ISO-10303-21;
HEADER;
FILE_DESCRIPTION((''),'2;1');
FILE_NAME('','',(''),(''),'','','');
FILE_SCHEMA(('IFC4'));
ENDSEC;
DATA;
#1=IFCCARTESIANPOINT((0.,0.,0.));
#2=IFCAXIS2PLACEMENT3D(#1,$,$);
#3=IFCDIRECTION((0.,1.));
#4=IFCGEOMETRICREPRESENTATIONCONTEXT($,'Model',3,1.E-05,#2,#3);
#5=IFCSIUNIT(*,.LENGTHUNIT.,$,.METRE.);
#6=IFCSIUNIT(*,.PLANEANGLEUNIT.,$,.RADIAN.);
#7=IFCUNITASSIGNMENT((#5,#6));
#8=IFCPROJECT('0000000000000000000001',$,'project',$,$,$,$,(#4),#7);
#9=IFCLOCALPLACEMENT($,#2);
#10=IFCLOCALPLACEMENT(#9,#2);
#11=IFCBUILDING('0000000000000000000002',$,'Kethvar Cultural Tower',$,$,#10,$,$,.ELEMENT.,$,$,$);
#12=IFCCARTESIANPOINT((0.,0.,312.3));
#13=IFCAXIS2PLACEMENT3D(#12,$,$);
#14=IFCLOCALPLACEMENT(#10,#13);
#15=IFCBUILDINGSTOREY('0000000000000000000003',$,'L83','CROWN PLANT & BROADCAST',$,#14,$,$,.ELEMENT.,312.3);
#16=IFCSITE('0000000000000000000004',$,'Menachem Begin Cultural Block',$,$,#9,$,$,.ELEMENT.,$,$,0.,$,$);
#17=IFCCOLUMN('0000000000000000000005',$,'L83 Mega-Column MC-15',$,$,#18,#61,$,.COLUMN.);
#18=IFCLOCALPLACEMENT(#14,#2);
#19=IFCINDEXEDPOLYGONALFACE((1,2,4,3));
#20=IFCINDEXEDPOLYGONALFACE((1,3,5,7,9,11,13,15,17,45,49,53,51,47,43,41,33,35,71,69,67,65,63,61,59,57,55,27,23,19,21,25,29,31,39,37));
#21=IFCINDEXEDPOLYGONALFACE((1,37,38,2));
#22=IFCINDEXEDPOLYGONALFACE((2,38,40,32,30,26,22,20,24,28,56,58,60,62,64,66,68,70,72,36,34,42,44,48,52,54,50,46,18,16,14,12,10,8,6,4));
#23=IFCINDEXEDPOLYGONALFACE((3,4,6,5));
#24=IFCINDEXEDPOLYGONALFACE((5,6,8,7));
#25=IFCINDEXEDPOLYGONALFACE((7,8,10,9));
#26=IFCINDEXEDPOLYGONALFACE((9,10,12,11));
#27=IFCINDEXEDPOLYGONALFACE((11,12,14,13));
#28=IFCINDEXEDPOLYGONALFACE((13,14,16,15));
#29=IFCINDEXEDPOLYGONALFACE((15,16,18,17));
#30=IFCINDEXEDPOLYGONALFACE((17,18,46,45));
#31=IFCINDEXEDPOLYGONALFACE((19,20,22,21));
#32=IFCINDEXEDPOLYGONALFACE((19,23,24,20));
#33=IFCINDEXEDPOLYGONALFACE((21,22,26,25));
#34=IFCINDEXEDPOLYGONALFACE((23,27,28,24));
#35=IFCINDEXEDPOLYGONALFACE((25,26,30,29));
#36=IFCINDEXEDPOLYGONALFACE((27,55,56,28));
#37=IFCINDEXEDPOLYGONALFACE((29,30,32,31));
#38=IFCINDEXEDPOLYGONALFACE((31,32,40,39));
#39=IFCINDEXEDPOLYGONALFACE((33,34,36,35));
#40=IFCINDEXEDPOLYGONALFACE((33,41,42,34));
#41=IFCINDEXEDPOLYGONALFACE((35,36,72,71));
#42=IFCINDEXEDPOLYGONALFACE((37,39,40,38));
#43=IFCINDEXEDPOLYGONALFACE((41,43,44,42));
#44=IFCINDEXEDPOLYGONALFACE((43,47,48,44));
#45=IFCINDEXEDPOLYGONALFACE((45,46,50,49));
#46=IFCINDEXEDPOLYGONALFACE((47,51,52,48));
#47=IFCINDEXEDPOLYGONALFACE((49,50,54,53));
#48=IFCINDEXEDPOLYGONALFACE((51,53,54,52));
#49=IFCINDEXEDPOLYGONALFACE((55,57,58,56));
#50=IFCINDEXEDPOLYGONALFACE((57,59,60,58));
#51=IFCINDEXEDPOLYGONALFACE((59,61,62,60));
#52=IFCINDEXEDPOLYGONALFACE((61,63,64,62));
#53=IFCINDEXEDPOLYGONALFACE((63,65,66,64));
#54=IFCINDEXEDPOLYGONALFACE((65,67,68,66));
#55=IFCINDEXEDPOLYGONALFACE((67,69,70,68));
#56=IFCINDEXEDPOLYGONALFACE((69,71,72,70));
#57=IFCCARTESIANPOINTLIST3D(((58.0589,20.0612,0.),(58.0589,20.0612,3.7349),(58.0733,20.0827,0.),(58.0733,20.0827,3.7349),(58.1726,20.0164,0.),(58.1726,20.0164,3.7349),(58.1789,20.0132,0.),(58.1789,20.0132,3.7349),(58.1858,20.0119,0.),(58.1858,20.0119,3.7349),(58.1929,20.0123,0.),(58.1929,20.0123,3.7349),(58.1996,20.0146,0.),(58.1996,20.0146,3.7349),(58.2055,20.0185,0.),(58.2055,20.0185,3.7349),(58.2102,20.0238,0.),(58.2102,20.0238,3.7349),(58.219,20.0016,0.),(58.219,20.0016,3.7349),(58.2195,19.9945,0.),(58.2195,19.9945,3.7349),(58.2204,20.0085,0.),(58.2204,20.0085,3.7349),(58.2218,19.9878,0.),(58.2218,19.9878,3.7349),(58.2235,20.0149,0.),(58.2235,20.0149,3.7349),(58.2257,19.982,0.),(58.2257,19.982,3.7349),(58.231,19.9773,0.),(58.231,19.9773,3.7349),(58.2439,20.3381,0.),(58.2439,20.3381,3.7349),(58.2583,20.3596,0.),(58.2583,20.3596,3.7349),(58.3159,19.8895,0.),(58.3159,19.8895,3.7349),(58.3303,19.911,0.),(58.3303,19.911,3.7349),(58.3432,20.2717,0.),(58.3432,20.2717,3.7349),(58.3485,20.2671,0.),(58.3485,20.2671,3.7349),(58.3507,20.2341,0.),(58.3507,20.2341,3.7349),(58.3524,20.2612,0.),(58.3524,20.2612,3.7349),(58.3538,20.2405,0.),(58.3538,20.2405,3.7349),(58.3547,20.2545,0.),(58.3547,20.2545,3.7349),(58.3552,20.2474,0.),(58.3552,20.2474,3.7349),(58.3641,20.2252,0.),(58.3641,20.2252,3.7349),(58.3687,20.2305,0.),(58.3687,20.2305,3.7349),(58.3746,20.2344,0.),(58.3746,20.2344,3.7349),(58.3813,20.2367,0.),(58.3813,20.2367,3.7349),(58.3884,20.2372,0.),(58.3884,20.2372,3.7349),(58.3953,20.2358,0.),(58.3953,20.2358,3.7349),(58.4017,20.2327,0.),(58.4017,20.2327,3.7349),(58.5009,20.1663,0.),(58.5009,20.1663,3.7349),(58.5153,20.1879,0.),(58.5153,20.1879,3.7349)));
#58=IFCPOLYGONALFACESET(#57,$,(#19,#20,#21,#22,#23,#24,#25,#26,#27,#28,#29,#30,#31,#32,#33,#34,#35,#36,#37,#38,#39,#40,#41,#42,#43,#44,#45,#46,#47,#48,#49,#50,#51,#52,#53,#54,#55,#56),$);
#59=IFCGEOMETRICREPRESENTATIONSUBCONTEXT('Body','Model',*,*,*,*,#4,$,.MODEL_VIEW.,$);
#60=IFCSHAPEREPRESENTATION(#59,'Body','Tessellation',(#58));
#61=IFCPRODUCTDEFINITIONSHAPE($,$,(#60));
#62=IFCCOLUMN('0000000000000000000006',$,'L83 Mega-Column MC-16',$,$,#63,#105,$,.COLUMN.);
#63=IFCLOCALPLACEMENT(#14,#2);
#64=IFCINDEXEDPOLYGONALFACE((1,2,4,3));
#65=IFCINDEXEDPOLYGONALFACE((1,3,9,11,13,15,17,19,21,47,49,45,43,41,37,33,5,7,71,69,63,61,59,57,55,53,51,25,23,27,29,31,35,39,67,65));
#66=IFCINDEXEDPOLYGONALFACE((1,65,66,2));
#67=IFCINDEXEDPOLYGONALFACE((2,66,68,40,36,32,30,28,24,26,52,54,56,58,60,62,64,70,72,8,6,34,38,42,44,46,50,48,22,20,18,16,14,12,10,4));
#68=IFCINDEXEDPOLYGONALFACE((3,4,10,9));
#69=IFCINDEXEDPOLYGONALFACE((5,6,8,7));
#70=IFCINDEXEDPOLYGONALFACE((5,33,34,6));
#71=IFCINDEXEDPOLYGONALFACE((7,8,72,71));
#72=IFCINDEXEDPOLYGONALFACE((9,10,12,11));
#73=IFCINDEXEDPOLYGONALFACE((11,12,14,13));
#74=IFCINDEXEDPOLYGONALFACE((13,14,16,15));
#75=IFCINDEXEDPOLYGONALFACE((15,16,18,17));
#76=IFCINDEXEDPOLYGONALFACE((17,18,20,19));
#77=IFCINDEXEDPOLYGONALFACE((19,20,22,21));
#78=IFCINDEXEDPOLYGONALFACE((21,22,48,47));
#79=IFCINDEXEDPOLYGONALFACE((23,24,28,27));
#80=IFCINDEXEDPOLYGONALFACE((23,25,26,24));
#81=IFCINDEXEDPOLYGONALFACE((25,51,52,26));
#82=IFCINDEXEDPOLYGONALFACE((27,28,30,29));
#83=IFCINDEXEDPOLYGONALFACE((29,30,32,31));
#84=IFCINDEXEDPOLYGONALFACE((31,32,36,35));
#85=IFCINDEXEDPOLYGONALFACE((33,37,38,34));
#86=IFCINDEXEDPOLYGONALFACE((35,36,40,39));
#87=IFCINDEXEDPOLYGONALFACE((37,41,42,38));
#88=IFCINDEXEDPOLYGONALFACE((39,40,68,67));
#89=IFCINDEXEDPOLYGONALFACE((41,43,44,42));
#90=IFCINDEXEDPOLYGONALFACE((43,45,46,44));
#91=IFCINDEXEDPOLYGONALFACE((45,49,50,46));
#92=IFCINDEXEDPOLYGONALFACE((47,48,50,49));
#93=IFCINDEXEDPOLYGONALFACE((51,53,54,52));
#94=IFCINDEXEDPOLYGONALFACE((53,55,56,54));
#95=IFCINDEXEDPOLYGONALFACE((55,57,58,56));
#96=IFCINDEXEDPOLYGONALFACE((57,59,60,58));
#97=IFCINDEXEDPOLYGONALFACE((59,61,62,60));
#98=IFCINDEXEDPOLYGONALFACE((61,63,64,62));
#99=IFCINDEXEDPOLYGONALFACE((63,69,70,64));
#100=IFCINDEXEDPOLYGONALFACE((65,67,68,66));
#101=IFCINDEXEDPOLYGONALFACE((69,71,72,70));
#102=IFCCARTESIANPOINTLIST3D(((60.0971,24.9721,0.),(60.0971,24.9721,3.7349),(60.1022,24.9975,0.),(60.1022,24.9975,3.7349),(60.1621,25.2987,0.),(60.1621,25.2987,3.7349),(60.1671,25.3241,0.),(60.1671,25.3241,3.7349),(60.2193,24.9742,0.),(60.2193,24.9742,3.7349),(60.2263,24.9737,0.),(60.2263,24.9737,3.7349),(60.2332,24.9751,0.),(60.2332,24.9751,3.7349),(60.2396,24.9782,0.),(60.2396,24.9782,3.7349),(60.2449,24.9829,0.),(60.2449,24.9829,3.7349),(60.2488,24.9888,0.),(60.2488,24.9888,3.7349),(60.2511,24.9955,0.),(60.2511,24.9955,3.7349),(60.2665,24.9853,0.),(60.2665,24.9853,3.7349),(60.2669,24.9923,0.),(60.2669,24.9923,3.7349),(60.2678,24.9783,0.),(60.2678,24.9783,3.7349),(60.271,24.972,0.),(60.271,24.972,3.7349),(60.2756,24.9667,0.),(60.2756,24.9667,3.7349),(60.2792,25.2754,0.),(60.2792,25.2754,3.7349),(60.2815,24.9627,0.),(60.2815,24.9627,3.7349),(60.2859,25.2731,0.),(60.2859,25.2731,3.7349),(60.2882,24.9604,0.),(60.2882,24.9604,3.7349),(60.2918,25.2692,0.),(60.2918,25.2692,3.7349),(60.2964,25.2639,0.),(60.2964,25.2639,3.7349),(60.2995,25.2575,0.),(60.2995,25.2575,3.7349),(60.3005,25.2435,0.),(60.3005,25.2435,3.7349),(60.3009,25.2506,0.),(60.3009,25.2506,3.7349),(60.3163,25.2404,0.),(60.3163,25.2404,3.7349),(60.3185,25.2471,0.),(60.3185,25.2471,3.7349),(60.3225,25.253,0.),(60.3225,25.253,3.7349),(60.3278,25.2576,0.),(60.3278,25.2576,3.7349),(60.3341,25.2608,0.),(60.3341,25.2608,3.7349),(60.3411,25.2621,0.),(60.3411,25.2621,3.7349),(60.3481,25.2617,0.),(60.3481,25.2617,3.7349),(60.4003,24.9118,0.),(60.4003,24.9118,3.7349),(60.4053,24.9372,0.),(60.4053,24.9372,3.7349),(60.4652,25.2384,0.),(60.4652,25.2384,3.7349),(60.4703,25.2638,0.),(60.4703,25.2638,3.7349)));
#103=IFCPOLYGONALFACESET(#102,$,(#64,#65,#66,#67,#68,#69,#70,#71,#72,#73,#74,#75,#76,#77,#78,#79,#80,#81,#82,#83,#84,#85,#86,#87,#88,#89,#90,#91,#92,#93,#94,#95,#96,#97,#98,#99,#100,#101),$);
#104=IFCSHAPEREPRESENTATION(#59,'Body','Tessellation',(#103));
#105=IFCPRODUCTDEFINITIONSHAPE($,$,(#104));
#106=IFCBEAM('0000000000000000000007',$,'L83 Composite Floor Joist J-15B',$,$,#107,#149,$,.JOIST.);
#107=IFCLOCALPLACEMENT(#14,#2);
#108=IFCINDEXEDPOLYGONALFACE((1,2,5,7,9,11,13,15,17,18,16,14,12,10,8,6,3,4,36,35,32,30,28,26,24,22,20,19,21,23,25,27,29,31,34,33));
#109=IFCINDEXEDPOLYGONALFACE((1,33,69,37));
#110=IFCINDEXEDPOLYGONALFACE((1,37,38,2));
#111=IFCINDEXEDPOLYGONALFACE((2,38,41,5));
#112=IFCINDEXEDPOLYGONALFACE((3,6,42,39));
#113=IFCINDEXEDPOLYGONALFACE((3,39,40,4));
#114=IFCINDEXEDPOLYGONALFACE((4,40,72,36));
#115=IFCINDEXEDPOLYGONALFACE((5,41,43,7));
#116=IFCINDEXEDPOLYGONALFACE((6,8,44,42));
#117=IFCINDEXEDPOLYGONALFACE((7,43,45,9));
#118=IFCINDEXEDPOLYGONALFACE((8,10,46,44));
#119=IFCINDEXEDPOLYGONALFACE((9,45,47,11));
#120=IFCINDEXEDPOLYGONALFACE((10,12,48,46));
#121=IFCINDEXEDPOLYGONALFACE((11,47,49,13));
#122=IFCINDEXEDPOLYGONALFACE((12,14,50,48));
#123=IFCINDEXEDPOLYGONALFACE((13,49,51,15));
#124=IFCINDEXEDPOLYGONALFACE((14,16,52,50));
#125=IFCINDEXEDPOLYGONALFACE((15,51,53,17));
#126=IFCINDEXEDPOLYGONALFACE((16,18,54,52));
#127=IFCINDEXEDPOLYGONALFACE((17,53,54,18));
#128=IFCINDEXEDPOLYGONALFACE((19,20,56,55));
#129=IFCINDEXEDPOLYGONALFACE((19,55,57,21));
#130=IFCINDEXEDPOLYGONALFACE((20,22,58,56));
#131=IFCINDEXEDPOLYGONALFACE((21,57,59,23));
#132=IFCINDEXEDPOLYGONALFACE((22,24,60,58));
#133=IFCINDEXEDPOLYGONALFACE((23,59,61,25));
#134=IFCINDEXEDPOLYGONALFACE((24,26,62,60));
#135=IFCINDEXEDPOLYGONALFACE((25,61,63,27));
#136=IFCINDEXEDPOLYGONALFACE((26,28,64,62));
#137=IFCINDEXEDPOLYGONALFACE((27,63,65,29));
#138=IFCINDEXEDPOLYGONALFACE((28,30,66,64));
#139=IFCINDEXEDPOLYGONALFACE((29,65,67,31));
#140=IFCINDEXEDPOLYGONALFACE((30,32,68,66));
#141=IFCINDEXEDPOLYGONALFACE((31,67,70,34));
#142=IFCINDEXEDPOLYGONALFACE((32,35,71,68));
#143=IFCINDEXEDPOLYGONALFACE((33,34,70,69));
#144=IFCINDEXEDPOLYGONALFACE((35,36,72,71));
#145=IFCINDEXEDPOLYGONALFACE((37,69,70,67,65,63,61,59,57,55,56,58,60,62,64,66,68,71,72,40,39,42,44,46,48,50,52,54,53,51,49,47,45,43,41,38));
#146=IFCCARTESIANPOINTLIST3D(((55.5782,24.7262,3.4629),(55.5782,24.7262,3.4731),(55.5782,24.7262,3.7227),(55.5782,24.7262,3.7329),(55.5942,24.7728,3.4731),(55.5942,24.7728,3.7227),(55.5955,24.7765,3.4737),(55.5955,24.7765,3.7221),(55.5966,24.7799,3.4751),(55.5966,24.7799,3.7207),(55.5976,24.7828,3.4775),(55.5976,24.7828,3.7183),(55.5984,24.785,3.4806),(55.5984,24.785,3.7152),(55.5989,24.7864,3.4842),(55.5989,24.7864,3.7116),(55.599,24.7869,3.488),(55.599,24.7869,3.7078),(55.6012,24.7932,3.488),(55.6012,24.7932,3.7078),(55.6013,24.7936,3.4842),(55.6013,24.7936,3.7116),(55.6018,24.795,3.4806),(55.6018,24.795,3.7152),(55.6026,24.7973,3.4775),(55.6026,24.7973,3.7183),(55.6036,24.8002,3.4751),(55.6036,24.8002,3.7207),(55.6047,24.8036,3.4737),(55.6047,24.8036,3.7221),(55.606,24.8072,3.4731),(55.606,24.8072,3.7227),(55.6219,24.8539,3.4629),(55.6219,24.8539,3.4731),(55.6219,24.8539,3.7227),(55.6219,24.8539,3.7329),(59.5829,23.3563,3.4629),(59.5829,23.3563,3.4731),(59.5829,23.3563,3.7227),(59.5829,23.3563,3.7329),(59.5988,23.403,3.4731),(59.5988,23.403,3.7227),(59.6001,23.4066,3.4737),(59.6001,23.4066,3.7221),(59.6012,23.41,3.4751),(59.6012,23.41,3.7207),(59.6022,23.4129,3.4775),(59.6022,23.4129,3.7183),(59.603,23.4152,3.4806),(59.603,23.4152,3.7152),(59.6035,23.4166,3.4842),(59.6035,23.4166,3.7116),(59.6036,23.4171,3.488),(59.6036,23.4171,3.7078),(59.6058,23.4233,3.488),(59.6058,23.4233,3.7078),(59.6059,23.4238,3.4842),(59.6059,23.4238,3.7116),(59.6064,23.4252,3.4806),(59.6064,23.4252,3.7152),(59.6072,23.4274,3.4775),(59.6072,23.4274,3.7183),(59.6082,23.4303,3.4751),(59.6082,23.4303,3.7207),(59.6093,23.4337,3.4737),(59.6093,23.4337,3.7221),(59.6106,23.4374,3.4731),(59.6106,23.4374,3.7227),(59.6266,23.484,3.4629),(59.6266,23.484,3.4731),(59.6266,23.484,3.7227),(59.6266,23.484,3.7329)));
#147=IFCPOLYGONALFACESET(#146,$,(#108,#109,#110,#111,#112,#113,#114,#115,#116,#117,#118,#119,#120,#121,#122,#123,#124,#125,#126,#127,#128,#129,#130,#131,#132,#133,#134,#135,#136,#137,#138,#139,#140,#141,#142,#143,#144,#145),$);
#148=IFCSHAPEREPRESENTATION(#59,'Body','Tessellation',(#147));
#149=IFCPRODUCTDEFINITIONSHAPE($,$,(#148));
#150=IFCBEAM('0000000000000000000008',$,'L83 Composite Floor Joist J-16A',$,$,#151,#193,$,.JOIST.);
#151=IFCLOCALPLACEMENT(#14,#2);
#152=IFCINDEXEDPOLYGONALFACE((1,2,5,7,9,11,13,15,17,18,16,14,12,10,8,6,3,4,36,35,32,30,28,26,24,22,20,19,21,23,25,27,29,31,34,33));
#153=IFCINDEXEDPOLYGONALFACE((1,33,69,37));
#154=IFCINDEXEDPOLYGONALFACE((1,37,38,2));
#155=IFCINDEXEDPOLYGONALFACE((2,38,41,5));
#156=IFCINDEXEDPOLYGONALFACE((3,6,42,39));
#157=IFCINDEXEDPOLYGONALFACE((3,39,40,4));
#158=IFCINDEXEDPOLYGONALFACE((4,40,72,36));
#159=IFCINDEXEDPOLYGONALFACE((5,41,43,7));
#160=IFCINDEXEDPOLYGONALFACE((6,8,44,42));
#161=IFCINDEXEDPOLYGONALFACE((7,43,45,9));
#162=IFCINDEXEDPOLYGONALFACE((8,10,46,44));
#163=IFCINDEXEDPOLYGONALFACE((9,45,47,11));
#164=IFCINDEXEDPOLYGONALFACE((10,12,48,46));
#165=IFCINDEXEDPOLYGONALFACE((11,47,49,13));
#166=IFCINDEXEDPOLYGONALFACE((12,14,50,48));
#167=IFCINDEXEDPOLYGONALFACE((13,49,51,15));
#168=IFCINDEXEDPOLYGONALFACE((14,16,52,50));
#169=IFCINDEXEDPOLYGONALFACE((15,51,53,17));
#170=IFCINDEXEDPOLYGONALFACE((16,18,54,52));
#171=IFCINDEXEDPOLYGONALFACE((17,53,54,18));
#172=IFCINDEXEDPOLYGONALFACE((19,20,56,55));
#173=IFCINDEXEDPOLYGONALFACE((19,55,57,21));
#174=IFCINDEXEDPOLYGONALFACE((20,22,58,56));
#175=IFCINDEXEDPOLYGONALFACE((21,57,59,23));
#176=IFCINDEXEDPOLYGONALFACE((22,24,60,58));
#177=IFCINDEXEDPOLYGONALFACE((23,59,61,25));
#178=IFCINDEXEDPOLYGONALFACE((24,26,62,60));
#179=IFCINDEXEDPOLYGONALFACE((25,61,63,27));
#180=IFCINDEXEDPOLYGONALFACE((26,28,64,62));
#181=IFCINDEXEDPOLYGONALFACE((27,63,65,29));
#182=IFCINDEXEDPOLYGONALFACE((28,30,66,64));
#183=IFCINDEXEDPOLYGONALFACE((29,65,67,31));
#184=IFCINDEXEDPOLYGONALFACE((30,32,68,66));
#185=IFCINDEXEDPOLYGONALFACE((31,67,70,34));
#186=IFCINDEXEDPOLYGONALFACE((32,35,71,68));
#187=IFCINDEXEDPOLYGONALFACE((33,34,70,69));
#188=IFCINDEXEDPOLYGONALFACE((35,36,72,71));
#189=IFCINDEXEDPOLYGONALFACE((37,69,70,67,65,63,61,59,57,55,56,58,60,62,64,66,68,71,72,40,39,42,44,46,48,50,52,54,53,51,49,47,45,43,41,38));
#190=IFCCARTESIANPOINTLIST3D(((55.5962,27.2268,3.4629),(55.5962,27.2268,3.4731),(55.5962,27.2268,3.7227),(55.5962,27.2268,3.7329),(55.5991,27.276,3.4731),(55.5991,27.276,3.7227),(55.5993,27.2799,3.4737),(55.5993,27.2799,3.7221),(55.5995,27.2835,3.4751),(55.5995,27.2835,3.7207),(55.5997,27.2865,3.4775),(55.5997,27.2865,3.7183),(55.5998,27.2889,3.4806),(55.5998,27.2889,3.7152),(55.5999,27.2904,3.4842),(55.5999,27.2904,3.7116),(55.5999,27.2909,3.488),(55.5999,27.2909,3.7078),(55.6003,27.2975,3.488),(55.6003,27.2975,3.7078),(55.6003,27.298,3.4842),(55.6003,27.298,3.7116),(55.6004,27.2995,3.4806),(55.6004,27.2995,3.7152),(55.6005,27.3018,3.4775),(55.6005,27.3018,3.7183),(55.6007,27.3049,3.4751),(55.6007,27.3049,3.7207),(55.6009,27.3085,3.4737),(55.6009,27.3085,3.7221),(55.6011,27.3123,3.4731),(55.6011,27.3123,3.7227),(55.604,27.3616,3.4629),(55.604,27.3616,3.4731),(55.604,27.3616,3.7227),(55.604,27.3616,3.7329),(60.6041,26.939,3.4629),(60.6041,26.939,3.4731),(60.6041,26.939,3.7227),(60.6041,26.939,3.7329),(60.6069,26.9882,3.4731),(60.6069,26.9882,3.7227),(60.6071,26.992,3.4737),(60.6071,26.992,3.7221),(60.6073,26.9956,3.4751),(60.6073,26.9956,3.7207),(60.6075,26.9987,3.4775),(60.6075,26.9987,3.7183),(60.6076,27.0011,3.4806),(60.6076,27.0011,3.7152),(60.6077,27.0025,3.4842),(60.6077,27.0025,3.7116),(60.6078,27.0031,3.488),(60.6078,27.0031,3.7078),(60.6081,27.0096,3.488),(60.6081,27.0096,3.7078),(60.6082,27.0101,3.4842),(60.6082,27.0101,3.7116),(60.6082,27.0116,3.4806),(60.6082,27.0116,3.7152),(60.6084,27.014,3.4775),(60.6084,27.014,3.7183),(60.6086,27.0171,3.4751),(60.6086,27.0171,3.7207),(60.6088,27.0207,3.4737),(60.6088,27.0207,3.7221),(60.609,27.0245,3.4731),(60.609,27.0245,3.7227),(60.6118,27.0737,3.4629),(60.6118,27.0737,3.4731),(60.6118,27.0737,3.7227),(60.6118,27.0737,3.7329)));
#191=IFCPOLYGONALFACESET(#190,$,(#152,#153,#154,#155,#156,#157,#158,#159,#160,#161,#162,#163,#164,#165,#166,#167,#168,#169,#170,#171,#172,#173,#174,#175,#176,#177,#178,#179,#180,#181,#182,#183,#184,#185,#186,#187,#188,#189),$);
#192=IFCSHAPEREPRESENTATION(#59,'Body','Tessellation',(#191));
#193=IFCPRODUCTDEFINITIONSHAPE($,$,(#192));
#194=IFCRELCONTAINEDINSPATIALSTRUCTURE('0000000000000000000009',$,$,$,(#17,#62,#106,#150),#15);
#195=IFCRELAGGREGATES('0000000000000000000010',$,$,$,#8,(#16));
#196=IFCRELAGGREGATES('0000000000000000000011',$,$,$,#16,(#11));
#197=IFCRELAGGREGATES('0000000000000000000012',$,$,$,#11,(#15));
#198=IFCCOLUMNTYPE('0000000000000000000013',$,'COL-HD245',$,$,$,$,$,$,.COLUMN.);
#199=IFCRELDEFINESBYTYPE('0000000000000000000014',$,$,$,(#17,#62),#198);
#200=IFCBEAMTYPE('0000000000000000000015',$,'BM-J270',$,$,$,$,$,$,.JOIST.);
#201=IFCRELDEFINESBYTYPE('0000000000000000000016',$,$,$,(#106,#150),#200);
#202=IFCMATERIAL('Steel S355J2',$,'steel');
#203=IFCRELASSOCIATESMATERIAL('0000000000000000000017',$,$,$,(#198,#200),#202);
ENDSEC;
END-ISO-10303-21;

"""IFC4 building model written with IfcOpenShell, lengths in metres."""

from ifc_helpers import new_model, si_unit, direction, frame, origin, origin_2d, place, context, subcontext, project, spatial, i_section, extrude, source, transform, mapped, material, material_profile, profile_set, type_object, element, save


model = new_model("IFC4")

# Units and contexts
model_context = context("Model", 3, precision=1e-05, world=origin(), true_north=direction((0.0, 1.0)))
body_context = subcontext(model_context, "Body", "Model", "MODEL_VIEW")
ifc_project = project(units=[si_unit("LENGTHUNIT", "METRE"), si_unit("PLANEANGLEUNIT", "RADIAN")], contexts=[model_context])

# Site, building, storey
site_placement = place(None, origin())
site = spatial("IfcSite", under=ifc_project, at=site_placement, Name="Menachem Begin Cultural Block", CompositionType="ELEMENT", RefElevation=0.0)
building_placement = place(site_placement, origin())
building = spatial("IfcBuilding", under=site, at=building_placement, Name="Kethvar Cultural Tower", CompositionType="ELEMENT")
storey_placement = place(building_placement, frame((0.0, 0.0, 312.3)))
storey = spatial("IfcBuildingStorey", under=building, at=storey_placement, Name="L83", Description="CROWN PLANT & BROADCAST", CompositionType="ELEMENT", Elevation=312.3)

# Columns
ifc_material_1 = material(Name="Steel S355J2", Category="steel")
ifc_material_profile_1 = material_profile(ifc_material_1, i_section(OverallWidth=0.3091, OverallDepth=0.3589, WebThickness=0.0161, FlangeThickness=0.0259, FilletRadius=0.0271, at=origin_2d()), Name="Steel S355J2 — HD320x245")
ifc_profile_set_1 = profile_set([ifc_material_profile_1], Name="Steel S355J2 — HD320x245")
column_type = type_object("IfcColumnType", Name="COL-HD245", PredefinedType="COLUMN", material=ifc_profile_set_1)
shared_shape_1 = source(origin(), body_context, "Body", "SweptSolid", [
    extrude(i_section(OverallWidth=0.3091, OverallDepth=0.3589, WebThickness=0.0161, FlangeThickness=0.0259, FilletRadius=0.0271, at=origin_2d()), origin(), (0.0, 0.0, 1.0), 3.7349),
])
for number, where, z_axis, x_axis, name in (
    (1, (58.2871, 20.1245, 0.0), (0.0, 0.0, 1.0), (0.83147, -0.55557, 0.0), "L83 Mega-Column MC-15"),
    (2, (60.2837, 25.1179, 0.0), (0.0, 0.0, 1.0), (0.980785, -0.19509, 0.0), "L83 Mega-Column MC-16"),
):
    element("IfcColumn", number, at=place(storey_placement, frame(where, z_axis=z_axis, x_axis=x_axis)), inside=storey, type_object=column_type, Name=name, PredefinedType="COLUMN", context=body_context, shape_type="MappedRepresentation", body=[
        mapped(shared_shape_1, transform((0.0, 0.0, 0.0), scale=1.0)),
    ])

# Beams
ifc_material_profile_2 = material_profile(ifc_material_1, i_section(OverallWidth=0.135, OverallDepth=0.27, WebThickness=0.0066, FlangeThickness=0.0103, FilletRadius=0.0149, at=origin_2d()), Name="Steel S355J2 — IPE270")
ifc_profile_set_2 = profile_set([ifc_material_profile_2], Name="Steel S355J2 — IPE270")
beam_type_1 = type_object("IfcBeamType", Name="BM-J270", PredefinedType="JOIST", material=ifc_profile_set_2)
shared_shape_2 = source(origin(), body_context, "Body", "SweptSolid", [
    extrude(i_section(OverallWidth=0.135, OverallDepth=0.27, WebThickness=0.0066, FlangeThickness=0.0103, FilletRadius=0.0149, at=origin_2d()), origin(), (0.0, 0.0, 1.0), 4.2324),
])
beam_1_placement = place(storey_placement, frame((55.6001, 24.79, 3.5979), z_axis=(0.946174, -0.323659, 0.0), x_axis=(0.323659, 0.946174, 0.0)))
element("IfcBeam", 3, at=beam_1_placement, inside=storey, type_object=beam_type_1, Name="L83 Composite Floor Joist J-15B", PredefinedType="JOIST", context=body_context, shape_type="MappedRepresentation", body=[
    mapped(shared_shape_2, transform((0.0, 0.0, 0.0), scale=1.0)),
])
shared_shape_3 = source(origin(), body_context, "Body", "SweptSolid", [
    extrude(i_section(OverallWidth=0.135, OverallDepth=0.27, WebThickness=0.0066, FlangeThickness=0.0103, FilletRadius=0.0149, at=origin_2d()), origin(), (0.0, 0.0, 1.0), 5.0161),
])
beam_2_placement = place(storey_placement, frame((55.6001, 27.2942, 3.5979), z_axis=(0.998352, -0.057384, 0.0), x_axis=(0.057384, 0.998352, 0.0)))
element("IfcBeam", 4, at=beam_2_placement, inside=storey, type_object=beam_type_1, Name="L83 Composite Floor Joist J-16A", PredefinedType="JOIST", context=body_context, shape_type="MappedRepresentation", body=[
    mapped(shared_shape_3, transform((0.0, 0.0, 0.0), scale=1.0)),
])

save(model, "model.ifc")
